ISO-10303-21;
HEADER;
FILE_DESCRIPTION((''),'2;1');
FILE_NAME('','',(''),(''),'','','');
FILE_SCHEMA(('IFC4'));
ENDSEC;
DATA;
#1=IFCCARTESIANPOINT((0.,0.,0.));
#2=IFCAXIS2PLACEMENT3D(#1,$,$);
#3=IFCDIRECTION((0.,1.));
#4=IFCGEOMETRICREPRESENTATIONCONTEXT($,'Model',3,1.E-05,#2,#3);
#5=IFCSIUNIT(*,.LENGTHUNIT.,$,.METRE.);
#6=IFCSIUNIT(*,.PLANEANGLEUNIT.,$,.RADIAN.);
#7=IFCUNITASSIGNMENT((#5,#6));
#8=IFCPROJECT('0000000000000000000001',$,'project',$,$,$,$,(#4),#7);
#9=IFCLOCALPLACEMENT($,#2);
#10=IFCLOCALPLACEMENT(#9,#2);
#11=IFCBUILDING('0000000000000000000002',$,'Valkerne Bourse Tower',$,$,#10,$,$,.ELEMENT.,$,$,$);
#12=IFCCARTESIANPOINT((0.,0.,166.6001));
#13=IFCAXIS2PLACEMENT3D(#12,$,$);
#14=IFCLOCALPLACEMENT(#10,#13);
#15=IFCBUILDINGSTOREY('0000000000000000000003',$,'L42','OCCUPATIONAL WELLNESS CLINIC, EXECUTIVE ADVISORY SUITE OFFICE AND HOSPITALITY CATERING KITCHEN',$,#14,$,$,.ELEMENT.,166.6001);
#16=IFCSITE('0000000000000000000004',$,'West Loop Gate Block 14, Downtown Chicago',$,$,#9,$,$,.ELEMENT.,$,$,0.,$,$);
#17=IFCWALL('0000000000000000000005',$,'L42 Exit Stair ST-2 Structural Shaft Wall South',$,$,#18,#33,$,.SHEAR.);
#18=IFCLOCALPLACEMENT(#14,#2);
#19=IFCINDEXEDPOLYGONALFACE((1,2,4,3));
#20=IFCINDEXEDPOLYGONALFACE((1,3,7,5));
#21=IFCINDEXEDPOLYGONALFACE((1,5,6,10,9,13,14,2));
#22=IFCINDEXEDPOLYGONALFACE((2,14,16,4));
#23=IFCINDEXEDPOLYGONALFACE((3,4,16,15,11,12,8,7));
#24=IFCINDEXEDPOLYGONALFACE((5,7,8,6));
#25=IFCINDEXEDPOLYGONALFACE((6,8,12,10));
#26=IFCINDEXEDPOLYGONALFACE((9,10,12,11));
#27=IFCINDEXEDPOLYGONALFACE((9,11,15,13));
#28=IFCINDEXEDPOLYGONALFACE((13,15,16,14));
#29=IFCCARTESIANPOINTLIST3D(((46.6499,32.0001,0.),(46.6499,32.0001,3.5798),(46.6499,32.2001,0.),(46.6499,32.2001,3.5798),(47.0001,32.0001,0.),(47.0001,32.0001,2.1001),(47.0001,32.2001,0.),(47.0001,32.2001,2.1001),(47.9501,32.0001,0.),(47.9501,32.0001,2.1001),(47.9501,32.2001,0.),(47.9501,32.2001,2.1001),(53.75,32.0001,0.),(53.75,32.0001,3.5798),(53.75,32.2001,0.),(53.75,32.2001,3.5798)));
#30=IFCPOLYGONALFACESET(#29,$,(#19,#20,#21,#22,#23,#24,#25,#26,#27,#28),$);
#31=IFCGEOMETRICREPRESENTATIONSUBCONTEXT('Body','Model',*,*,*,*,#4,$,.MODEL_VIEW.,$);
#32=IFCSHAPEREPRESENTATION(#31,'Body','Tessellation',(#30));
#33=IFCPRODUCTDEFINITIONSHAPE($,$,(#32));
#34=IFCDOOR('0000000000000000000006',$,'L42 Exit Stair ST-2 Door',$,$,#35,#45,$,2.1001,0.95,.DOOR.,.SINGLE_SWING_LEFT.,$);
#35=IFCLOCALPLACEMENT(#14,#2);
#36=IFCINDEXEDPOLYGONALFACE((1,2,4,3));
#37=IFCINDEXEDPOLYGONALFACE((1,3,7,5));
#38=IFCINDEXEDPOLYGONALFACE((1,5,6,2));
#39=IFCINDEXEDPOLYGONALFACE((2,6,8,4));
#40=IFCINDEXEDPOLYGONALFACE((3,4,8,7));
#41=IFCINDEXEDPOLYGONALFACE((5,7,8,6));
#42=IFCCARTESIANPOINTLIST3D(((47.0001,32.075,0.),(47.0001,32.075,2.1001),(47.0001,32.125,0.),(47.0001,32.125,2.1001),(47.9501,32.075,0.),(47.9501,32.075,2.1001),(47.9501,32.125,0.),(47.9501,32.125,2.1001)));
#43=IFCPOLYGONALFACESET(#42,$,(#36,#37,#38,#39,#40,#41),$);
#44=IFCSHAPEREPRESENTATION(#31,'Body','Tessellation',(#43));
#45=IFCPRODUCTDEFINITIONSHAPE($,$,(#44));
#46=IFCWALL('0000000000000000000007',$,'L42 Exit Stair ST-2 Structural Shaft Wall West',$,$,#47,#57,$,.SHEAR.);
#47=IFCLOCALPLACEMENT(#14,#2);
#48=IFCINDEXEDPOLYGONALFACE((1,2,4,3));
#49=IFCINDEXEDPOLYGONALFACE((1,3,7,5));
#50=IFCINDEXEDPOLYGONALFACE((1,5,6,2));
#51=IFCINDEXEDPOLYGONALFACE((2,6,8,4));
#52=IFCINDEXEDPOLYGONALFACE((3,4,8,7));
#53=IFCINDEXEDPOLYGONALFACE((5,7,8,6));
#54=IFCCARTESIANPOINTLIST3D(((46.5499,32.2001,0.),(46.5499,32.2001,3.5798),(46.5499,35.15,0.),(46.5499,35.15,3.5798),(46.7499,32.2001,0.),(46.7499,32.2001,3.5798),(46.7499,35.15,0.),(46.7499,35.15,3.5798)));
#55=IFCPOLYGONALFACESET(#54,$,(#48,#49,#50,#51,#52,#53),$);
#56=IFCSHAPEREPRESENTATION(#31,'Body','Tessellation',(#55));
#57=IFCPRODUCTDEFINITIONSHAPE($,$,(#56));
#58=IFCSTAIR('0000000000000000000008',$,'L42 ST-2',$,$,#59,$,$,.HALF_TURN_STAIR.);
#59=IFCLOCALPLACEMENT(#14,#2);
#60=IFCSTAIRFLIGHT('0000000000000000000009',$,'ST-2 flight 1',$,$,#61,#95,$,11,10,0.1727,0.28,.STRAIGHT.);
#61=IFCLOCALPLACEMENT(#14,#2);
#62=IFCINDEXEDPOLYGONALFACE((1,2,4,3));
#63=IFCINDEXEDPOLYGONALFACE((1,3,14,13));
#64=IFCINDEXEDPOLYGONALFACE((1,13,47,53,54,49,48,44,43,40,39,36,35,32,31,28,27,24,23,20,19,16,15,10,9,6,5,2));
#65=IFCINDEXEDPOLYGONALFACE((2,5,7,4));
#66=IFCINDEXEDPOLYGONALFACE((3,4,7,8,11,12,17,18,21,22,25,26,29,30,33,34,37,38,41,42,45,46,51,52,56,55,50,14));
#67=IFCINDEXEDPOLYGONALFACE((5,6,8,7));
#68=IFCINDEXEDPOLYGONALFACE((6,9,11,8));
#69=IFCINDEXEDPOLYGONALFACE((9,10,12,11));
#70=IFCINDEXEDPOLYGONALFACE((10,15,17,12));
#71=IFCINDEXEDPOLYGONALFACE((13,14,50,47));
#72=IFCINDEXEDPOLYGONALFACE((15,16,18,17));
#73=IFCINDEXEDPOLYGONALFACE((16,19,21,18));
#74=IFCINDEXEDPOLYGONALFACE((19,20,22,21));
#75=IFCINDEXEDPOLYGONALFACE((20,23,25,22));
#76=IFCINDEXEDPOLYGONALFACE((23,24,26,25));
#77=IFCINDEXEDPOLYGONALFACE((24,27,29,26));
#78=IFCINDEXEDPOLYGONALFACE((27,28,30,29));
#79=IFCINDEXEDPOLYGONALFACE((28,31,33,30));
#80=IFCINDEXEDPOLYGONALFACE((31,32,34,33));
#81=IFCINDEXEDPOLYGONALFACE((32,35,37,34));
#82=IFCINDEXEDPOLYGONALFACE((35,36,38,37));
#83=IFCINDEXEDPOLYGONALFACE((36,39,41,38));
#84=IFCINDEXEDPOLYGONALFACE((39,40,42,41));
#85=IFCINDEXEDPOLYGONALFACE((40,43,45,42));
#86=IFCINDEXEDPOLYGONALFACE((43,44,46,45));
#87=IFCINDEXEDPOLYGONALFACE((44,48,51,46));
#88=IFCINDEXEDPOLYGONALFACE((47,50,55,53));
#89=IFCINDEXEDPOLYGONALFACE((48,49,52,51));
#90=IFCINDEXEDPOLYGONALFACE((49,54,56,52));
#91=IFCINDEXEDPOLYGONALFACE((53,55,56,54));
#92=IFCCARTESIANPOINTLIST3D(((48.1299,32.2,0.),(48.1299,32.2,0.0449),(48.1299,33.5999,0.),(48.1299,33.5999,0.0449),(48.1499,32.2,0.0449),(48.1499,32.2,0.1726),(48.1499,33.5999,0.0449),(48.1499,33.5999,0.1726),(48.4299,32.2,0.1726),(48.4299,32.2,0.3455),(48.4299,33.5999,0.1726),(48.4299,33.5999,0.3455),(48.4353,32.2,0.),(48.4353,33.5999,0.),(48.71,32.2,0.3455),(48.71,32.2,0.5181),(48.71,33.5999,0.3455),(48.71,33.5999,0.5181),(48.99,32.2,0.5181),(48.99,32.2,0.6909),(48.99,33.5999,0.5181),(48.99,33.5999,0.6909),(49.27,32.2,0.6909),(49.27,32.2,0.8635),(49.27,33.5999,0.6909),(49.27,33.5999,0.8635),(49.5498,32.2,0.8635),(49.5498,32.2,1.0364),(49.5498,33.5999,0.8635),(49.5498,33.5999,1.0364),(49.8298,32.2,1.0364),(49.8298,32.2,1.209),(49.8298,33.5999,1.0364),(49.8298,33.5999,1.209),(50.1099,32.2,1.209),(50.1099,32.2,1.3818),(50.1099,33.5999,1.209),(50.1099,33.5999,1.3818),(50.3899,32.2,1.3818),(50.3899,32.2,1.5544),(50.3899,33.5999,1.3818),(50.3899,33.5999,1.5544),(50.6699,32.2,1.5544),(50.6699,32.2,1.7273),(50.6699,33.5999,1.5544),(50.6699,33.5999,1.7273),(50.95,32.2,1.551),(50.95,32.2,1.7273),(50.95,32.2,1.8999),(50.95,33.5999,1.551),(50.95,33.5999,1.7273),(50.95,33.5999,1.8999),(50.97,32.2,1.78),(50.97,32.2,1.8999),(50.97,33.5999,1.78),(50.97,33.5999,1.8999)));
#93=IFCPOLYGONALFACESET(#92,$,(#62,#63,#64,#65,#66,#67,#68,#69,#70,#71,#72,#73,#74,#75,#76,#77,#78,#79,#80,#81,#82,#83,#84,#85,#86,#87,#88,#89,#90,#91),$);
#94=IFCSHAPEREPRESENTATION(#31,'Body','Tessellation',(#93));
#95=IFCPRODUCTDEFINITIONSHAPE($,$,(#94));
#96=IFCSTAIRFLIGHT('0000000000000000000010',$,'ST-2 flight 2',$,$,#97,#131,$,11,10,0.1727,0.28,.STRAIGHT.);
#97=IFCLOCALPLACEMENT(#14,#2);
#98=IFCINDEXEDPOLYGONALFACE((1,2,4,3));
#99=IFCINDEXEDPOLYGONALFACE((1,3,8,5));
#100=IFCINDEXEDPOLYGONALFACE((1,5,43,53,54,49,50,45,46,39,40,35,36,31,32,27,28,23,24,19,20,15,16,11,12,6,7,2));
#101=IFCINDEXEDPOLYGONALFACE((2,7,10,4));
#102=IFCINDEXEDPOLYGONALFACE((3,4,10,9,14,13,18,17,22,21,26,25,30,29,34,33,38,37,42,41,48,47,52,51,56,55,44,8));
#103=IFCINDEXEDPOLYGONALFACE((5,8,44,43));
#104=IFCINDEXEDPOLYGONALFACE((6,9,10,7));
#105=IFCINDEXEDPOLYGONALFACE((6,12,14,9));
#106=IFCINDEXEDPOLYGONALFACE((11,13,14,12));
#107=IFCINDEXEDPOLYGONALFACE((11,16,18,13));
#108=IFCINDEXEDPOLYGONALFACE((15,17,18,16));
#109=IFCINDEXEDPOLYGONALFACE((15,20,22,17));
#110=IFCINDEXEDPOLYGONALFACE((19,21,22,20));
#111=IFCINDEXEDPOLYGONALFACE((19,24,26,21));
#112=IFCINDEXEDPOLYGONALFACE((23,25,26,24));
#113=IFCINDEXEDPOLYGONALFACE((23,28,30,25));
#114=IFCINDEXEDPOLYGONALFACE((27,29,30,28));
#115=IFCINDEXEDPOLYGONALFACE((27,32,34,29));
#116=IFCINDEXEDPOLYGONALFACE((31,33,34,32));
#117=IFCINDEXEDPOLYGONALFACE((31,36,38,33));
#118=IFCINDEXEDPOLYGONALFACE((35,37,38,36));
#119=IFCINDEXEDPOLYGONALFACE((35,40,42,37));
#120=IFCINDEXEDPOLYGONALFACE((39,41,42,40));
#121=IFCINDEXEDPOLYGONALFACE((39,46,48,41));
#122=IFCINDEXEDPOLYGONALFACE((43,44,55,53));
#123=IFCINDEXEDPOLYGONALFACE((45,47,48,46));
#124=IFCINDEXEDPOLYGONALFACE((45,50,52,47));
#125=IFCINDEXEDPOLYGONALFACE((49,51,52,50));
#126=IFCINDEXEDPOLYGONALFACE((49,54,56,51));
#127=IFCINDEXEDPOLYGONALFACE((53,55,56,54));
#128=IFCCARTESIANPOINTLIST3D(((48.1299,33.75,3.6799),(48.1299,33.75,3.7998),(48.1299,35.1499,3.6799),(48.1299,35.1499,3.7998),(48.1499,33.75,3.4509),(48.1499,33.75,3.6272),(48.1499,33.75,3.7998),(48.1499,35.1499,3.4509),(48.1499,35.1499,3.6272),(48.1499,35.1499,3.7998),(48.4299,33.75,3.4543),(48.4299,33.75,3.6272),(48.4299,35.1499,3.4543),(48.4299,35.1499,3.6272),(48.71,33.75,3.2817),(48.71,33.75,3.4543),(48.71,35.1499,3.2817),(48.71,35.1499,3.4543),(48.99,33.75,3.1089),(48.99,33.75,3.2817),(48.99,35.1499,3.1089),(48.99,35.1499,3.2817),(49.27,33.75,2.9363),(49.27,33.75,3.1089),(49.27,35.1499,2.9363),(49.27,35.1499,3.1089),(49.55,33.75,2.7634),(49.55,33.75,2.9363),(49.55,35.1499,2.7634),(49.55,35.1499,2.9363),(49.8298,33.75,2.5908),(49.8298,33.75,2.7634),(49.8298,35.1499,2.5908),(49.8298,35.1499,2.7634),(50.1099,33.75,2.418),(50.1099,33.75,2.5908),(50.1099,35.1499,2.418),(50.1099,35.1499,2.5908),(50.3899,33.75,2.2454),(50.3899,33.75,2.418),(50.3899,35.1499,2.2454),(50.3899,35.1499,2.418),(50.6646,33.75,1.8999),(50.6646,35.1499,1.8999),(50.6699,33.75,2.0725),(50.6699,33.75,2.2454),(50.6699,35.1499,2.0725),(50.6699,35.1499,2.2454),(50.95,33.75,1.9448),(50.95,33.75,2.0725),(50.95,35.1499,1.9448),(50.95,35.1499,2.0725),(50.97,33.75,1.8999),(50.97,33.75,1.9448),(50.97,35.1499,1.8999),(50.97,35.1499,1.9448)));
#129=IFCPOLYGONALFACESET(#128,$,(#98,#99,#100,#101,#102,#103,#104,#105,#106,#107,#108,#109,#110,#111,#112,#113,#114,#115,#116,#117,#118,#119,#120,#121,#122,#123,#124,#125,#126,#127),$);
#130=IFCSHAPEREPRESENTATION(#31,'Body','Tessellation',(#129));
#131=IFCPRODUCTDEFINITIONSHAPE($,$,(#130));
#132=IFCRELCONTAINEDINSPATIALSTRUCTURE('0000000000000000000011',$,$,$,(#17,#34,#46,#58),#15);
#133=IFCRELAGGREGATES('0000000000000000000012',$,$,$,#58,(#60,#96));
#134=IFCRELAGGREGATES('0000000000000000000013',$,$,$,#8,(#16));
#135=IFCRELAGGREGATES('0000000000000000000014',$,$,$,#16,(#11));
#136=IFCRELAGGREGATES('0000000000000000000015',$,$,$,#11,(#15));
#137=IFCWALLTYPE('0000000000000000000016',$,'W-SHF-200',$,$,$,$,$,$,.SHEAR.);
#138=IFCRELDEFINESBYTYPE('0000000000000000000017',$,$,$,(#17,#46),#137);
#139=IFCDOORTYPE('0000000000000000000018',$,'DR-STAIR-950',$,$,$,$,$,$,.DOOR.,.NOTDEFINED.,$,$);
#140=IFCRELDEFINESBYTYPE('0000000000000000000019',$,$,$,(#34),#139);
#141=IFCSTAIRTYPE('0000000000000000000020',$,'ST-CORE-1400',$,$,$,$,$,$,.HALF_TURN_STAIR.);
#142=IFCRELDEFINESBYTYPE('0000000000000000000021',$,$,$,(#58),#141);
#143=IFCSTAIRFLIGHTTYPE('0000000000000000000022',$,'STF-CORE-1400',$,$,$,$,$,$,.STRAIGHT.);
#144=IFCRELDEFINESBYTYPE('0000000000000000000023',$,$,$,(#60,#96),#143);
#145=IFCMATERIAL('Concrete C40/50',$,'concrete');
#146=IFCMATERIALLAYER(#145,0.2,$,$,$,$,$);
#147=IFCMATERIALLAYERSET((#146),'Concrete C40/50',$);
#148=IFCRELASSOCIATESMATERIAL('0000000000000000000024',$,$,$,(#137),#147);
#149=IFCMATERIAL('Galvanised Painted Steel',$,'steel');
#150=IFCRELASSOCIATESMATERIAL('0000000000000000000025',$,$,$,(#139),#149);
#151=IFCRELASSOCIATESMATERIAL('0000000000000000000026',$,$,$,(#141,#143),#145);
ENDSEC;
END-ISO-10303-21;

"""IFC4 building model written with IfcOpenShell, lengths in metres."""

from ifc_helpers import new_model, si_unit, direction, frame, frame_2d, origin, place, context, subcontext, project, spatial, polyline, rectangle, outline, extrude, material, layer, layer_set, type_object, element, fill, aggregate, save


model = new_model("IFC4")

# Units and contexts
model_context = context("Model", 3, precision=1e-05, world=origin(), true_north=direction((0.0, 1.0)))
body_context = subcontext(model_context, "Body", "Model", "MODEL_VIEW")
ifc_project = project(units=[si_unit("LENGTHUNIT", "METRE"), si_unit("PLANEANGLEUNIT", "RADIAN")], contexts=[model_context])

# Site, building, storey
site_placement = place(None, origin())
site = spatial("IfcSite", under=ifc_project, at=site_placement, Name="West Loop Gate Block 14, Downtown Chicago", CompositionType="ELEMENT", RefElevation=0.0)
building_placement = place(site_placement, origin())
building = spatial("IfcBuilding", under=site, at=building_placement, Name="Valkerne Bourse Tower", CompositionType="ELEMENT")
storey_placement = place(building_placement, frame((0.0, 0.0, 166.6001)))
storey = spatial("IfcBuildingStorey", under=building, at=storey_placement, Name="L42", Description="OCCUPATIONAL WELLNESS CLINIC, EXECUTIVE ADVISORY SUITE OFFICE AND HOSPITALITY CATERING KITCHEN", CompositionType="ELEMENT", Elevation=166.6001)

# Shared definitions
ifc_material_1 = material(Name="Galvanised Painted Steel", Category="steel")

# Wall, opening, door
ifc_material_2 = material(Name="Concrete C40/50", Category="concrete")
ifc_layer_1 = layer(ifc_material_2, 0.2)
ifc_layer_set_1 = layer_set([ifc_layer_1], Name="Concrete C40/50")
wall_type_1 = type_object("IfcWallType", Name="W-SHF-200", PredefinedType="SHEAR", material=ifc_layer_set_1)
wall_1_placement = place(storey_placement, frame((46.6499, 32.1001, 0.0), z_axis=(0.0, 0.0, 1.0), x_axis=(1.0, 0.0, 0.0)))
wall_1 = element("IfcWall", 1, at=wall_1_placement, inside=storey, type_object=wall_type_1, Name="L42 Exit Stair ST-2 Structural Shaft Wall South", PredefinedType="SHEAR", context=body_context, shape_type="SweptSolid", body=[
    extrude(rectangle(XDim=7.1001, YDim=0.2, at=frame_2d((3.55, 0.0))), origin(), (0.0, 0.0, 1.0), 3.5798),
])
opening_1_placement = place(wall_1_placement, frame((0.3501, 0.0, 0.0)))
opening_1 = element("IfcOpeningElement", 2, at=opening_1_placement, cuts=wall_1, PredefinedType="OPENING", context=body_context, shape_type="SweptSolid", body=[
    extrude(rectangle(XDim=0.95, YDim=2.1001, at=frame_2d((0.4751, 1.05))), frame((0.0, 0.1099, 0.0), z_axis=(0.0, -1.0, 0.0), x_axis=(1.0, 0.0, 0.0)), (0.0, 0.0, 1.0), 0.22),
])
door_type_1 = type_object("IfcDoorType", Name="DR-STAIR-950", OperationType="NOTDEFINED", PredefinedType="DOOR", material=ifc_material_1)
door_1_placement = place(opening_1_placement, origin())
door_1 = element("IfcDoor", 3, at=door_1_placement, inside=storey, type_object=door_type_1, Name="L42 Exit Stair ST-2 Door", OperationType="SINGLE_SWING_LEFT", OverallHeight=2.1001, OverallWidth=0.95, PredefinedType="DOOR", context=body_context, shape_type="SweptSolid", body=[
    extrude(rectangle(XDim=0.95, YDim=2.1001, at=frame_2d((0.4751, 1.05))), frame((0.0, 0.0249, 0.0), z_axis=(0.0, -1.0, 0.0), x_axis=(1.0, 0.0, 0.0)), (0.0, 0.0, 1.0), 0.05),
])
fill(opening_1, door_1)

# Wall
wall_2_placement = place(storey_placement, frame((46.6499, 32.2, 0.0), z_axis=(0.0, 0.0, 1.0), x_axis=(0.0, 1.0, 0.0)))
element("IfcWall", 4, at=wall_2_placement, inside=storey, type_object=wall_type_1, Name="L42 Exit Stair ST-2 Structural Shaft Wall West", PredefinedType="SHEAR", context=body_context, shape_type="SweptSolid", body=[
    extrude(rectangle(XDim=2.95, YDim=0.2, at=frame_2d((1.4751, 0.0))), origin(), (0.0, 0.0, 1.0), 3.5798),
])

# Stair, stair flights
stair_type = type_object("IfcStairType", Name="ST-CORE-1400", PredefinedType="HALF_TURN_STAIR", material=ifc_material_2)
stair_placement = place(storey_placement, origin())
stair = element("IfcStair", 5, at=stair_placement, inside=storey, type_object=stair_type, Name="L42 ST-2", PredefinedType="HALF_TURN_STAIR")
stair_flight_type = type_object("IfcStairFlightType", Name="STF-CORE-1400", PredefinedType="STRAIGHT", material=ifc_material_2)
stair_flight_1_placement = place(storey_placement, frame((48.1499, 32.8999, 0.0), z_axis=(0.0, 0.0, 1.0), x_axis=(1.0, 0.0, 0.0)))
stair_flight_1 = element("IfcStairFlight", 6, at=stair_flight_1_placement, type_object=stair_flight_type, Name="ST-2 flight 1", NumberOfRisers=11, NumberOfTreads=10, PredefinedType="STRAIGHT", RiserHeight=0.1727, TreadLength=0.28, context=body_context, shape_type="SweptSolid", body=[
    extrude(outline(polyline([(-0.02, 0.0), (-0.02, 0.0449), (0.0, 0.0449), (0.0, 0.1726), (0.28, 0.1726), (0.28, 0.3455), (0.5601, 0.3455), (0.5601, 0.5181), (0.8401, 0.5181), (0.8401, 0.6909), (1.1201, 0.6909), (1.1201, 0.8635), (1.3999, 0.8635), (1.3999, 1.0364), (1.6799, 1.0364), (1.6799, 1.209), (1.96, 1.209), (1.96, 1.3818), (2.24, 1.3818), (2.24, 1.5544), (2.52, 1.5544), (2.52, 1.7273), (2.8, 1.7273), (2.8, 1.8999), (2.8201, 1.8999), (2.8201, 1.78), (2.8, 1.551), (0.2854, 0.0), (-0.02, 0.0)])), frame((0.0, 0.7, 0.0), z_axis=(0.0, -1.0, 0.0), x_axis=(1.0, 0.0, 0.0)), (0.0, 0.0, 1.0), 1.3999),
])
stair_flight_2_placement = place(storey_placement, frame((50.95, 34.45, 1.8999), z_axis=(0.0, 0.0, 1.0), x_axis=(-1.0, 0.0, 0.0)))
stair_flight_2 = element("IfcStairFlight", 7, at=stair_flight_2_placement, type_object=stair_flight_type, Name="ST-2 flight 2", NumberOfRisers=11, NumberOfTreads=10, PredefinedType="STRAIGHT", RiserHeight=0.1727, TreadLength=0.28, context=body_context, shape_type="SweptSolid", body=[
    extrude(outline(polyline([(-0.02, 0.0), (-0.02, 0.0449), (0.0, 0.0449), (0.0, 0.1726), (0.28, 0.1726), (0.28, 0.3455), (0.5601, 0.3455), (0.5601, 0.5181), (0.8401, 0.5181), (0.8401, 0.6909), (1.1201, 0.6909), (1.1201, 0.8635), (1.3999, 0.8635), (1.3999, 1.0364), (1.6799, 1.0364), (1.6799, 1.209), (1.96, 1.209), (1.96, 1.3818), (2.24, 1.3818), (2.24, 1.5544), (2.52, 1.5544), (2.52, 1.7273), (2.8, 1.7273), (2.8, 1.8999), (2.8201, 1.8999), (2.8201, 1.78), (2.8, 1.551), (0.2854, 0.0), (-0.02, 0.0)])), frame((0.0, 0.7, 0.0), z_axis=(0.0, -1.0, 0.0), x_axis=(1.0, 0.0, 0.0)), (0.0, 0.0, 1.0), 1.3999),
])
aggregate(stair, [stair_flight_1, stair_flight_2])

save(model, "model.ifc")
